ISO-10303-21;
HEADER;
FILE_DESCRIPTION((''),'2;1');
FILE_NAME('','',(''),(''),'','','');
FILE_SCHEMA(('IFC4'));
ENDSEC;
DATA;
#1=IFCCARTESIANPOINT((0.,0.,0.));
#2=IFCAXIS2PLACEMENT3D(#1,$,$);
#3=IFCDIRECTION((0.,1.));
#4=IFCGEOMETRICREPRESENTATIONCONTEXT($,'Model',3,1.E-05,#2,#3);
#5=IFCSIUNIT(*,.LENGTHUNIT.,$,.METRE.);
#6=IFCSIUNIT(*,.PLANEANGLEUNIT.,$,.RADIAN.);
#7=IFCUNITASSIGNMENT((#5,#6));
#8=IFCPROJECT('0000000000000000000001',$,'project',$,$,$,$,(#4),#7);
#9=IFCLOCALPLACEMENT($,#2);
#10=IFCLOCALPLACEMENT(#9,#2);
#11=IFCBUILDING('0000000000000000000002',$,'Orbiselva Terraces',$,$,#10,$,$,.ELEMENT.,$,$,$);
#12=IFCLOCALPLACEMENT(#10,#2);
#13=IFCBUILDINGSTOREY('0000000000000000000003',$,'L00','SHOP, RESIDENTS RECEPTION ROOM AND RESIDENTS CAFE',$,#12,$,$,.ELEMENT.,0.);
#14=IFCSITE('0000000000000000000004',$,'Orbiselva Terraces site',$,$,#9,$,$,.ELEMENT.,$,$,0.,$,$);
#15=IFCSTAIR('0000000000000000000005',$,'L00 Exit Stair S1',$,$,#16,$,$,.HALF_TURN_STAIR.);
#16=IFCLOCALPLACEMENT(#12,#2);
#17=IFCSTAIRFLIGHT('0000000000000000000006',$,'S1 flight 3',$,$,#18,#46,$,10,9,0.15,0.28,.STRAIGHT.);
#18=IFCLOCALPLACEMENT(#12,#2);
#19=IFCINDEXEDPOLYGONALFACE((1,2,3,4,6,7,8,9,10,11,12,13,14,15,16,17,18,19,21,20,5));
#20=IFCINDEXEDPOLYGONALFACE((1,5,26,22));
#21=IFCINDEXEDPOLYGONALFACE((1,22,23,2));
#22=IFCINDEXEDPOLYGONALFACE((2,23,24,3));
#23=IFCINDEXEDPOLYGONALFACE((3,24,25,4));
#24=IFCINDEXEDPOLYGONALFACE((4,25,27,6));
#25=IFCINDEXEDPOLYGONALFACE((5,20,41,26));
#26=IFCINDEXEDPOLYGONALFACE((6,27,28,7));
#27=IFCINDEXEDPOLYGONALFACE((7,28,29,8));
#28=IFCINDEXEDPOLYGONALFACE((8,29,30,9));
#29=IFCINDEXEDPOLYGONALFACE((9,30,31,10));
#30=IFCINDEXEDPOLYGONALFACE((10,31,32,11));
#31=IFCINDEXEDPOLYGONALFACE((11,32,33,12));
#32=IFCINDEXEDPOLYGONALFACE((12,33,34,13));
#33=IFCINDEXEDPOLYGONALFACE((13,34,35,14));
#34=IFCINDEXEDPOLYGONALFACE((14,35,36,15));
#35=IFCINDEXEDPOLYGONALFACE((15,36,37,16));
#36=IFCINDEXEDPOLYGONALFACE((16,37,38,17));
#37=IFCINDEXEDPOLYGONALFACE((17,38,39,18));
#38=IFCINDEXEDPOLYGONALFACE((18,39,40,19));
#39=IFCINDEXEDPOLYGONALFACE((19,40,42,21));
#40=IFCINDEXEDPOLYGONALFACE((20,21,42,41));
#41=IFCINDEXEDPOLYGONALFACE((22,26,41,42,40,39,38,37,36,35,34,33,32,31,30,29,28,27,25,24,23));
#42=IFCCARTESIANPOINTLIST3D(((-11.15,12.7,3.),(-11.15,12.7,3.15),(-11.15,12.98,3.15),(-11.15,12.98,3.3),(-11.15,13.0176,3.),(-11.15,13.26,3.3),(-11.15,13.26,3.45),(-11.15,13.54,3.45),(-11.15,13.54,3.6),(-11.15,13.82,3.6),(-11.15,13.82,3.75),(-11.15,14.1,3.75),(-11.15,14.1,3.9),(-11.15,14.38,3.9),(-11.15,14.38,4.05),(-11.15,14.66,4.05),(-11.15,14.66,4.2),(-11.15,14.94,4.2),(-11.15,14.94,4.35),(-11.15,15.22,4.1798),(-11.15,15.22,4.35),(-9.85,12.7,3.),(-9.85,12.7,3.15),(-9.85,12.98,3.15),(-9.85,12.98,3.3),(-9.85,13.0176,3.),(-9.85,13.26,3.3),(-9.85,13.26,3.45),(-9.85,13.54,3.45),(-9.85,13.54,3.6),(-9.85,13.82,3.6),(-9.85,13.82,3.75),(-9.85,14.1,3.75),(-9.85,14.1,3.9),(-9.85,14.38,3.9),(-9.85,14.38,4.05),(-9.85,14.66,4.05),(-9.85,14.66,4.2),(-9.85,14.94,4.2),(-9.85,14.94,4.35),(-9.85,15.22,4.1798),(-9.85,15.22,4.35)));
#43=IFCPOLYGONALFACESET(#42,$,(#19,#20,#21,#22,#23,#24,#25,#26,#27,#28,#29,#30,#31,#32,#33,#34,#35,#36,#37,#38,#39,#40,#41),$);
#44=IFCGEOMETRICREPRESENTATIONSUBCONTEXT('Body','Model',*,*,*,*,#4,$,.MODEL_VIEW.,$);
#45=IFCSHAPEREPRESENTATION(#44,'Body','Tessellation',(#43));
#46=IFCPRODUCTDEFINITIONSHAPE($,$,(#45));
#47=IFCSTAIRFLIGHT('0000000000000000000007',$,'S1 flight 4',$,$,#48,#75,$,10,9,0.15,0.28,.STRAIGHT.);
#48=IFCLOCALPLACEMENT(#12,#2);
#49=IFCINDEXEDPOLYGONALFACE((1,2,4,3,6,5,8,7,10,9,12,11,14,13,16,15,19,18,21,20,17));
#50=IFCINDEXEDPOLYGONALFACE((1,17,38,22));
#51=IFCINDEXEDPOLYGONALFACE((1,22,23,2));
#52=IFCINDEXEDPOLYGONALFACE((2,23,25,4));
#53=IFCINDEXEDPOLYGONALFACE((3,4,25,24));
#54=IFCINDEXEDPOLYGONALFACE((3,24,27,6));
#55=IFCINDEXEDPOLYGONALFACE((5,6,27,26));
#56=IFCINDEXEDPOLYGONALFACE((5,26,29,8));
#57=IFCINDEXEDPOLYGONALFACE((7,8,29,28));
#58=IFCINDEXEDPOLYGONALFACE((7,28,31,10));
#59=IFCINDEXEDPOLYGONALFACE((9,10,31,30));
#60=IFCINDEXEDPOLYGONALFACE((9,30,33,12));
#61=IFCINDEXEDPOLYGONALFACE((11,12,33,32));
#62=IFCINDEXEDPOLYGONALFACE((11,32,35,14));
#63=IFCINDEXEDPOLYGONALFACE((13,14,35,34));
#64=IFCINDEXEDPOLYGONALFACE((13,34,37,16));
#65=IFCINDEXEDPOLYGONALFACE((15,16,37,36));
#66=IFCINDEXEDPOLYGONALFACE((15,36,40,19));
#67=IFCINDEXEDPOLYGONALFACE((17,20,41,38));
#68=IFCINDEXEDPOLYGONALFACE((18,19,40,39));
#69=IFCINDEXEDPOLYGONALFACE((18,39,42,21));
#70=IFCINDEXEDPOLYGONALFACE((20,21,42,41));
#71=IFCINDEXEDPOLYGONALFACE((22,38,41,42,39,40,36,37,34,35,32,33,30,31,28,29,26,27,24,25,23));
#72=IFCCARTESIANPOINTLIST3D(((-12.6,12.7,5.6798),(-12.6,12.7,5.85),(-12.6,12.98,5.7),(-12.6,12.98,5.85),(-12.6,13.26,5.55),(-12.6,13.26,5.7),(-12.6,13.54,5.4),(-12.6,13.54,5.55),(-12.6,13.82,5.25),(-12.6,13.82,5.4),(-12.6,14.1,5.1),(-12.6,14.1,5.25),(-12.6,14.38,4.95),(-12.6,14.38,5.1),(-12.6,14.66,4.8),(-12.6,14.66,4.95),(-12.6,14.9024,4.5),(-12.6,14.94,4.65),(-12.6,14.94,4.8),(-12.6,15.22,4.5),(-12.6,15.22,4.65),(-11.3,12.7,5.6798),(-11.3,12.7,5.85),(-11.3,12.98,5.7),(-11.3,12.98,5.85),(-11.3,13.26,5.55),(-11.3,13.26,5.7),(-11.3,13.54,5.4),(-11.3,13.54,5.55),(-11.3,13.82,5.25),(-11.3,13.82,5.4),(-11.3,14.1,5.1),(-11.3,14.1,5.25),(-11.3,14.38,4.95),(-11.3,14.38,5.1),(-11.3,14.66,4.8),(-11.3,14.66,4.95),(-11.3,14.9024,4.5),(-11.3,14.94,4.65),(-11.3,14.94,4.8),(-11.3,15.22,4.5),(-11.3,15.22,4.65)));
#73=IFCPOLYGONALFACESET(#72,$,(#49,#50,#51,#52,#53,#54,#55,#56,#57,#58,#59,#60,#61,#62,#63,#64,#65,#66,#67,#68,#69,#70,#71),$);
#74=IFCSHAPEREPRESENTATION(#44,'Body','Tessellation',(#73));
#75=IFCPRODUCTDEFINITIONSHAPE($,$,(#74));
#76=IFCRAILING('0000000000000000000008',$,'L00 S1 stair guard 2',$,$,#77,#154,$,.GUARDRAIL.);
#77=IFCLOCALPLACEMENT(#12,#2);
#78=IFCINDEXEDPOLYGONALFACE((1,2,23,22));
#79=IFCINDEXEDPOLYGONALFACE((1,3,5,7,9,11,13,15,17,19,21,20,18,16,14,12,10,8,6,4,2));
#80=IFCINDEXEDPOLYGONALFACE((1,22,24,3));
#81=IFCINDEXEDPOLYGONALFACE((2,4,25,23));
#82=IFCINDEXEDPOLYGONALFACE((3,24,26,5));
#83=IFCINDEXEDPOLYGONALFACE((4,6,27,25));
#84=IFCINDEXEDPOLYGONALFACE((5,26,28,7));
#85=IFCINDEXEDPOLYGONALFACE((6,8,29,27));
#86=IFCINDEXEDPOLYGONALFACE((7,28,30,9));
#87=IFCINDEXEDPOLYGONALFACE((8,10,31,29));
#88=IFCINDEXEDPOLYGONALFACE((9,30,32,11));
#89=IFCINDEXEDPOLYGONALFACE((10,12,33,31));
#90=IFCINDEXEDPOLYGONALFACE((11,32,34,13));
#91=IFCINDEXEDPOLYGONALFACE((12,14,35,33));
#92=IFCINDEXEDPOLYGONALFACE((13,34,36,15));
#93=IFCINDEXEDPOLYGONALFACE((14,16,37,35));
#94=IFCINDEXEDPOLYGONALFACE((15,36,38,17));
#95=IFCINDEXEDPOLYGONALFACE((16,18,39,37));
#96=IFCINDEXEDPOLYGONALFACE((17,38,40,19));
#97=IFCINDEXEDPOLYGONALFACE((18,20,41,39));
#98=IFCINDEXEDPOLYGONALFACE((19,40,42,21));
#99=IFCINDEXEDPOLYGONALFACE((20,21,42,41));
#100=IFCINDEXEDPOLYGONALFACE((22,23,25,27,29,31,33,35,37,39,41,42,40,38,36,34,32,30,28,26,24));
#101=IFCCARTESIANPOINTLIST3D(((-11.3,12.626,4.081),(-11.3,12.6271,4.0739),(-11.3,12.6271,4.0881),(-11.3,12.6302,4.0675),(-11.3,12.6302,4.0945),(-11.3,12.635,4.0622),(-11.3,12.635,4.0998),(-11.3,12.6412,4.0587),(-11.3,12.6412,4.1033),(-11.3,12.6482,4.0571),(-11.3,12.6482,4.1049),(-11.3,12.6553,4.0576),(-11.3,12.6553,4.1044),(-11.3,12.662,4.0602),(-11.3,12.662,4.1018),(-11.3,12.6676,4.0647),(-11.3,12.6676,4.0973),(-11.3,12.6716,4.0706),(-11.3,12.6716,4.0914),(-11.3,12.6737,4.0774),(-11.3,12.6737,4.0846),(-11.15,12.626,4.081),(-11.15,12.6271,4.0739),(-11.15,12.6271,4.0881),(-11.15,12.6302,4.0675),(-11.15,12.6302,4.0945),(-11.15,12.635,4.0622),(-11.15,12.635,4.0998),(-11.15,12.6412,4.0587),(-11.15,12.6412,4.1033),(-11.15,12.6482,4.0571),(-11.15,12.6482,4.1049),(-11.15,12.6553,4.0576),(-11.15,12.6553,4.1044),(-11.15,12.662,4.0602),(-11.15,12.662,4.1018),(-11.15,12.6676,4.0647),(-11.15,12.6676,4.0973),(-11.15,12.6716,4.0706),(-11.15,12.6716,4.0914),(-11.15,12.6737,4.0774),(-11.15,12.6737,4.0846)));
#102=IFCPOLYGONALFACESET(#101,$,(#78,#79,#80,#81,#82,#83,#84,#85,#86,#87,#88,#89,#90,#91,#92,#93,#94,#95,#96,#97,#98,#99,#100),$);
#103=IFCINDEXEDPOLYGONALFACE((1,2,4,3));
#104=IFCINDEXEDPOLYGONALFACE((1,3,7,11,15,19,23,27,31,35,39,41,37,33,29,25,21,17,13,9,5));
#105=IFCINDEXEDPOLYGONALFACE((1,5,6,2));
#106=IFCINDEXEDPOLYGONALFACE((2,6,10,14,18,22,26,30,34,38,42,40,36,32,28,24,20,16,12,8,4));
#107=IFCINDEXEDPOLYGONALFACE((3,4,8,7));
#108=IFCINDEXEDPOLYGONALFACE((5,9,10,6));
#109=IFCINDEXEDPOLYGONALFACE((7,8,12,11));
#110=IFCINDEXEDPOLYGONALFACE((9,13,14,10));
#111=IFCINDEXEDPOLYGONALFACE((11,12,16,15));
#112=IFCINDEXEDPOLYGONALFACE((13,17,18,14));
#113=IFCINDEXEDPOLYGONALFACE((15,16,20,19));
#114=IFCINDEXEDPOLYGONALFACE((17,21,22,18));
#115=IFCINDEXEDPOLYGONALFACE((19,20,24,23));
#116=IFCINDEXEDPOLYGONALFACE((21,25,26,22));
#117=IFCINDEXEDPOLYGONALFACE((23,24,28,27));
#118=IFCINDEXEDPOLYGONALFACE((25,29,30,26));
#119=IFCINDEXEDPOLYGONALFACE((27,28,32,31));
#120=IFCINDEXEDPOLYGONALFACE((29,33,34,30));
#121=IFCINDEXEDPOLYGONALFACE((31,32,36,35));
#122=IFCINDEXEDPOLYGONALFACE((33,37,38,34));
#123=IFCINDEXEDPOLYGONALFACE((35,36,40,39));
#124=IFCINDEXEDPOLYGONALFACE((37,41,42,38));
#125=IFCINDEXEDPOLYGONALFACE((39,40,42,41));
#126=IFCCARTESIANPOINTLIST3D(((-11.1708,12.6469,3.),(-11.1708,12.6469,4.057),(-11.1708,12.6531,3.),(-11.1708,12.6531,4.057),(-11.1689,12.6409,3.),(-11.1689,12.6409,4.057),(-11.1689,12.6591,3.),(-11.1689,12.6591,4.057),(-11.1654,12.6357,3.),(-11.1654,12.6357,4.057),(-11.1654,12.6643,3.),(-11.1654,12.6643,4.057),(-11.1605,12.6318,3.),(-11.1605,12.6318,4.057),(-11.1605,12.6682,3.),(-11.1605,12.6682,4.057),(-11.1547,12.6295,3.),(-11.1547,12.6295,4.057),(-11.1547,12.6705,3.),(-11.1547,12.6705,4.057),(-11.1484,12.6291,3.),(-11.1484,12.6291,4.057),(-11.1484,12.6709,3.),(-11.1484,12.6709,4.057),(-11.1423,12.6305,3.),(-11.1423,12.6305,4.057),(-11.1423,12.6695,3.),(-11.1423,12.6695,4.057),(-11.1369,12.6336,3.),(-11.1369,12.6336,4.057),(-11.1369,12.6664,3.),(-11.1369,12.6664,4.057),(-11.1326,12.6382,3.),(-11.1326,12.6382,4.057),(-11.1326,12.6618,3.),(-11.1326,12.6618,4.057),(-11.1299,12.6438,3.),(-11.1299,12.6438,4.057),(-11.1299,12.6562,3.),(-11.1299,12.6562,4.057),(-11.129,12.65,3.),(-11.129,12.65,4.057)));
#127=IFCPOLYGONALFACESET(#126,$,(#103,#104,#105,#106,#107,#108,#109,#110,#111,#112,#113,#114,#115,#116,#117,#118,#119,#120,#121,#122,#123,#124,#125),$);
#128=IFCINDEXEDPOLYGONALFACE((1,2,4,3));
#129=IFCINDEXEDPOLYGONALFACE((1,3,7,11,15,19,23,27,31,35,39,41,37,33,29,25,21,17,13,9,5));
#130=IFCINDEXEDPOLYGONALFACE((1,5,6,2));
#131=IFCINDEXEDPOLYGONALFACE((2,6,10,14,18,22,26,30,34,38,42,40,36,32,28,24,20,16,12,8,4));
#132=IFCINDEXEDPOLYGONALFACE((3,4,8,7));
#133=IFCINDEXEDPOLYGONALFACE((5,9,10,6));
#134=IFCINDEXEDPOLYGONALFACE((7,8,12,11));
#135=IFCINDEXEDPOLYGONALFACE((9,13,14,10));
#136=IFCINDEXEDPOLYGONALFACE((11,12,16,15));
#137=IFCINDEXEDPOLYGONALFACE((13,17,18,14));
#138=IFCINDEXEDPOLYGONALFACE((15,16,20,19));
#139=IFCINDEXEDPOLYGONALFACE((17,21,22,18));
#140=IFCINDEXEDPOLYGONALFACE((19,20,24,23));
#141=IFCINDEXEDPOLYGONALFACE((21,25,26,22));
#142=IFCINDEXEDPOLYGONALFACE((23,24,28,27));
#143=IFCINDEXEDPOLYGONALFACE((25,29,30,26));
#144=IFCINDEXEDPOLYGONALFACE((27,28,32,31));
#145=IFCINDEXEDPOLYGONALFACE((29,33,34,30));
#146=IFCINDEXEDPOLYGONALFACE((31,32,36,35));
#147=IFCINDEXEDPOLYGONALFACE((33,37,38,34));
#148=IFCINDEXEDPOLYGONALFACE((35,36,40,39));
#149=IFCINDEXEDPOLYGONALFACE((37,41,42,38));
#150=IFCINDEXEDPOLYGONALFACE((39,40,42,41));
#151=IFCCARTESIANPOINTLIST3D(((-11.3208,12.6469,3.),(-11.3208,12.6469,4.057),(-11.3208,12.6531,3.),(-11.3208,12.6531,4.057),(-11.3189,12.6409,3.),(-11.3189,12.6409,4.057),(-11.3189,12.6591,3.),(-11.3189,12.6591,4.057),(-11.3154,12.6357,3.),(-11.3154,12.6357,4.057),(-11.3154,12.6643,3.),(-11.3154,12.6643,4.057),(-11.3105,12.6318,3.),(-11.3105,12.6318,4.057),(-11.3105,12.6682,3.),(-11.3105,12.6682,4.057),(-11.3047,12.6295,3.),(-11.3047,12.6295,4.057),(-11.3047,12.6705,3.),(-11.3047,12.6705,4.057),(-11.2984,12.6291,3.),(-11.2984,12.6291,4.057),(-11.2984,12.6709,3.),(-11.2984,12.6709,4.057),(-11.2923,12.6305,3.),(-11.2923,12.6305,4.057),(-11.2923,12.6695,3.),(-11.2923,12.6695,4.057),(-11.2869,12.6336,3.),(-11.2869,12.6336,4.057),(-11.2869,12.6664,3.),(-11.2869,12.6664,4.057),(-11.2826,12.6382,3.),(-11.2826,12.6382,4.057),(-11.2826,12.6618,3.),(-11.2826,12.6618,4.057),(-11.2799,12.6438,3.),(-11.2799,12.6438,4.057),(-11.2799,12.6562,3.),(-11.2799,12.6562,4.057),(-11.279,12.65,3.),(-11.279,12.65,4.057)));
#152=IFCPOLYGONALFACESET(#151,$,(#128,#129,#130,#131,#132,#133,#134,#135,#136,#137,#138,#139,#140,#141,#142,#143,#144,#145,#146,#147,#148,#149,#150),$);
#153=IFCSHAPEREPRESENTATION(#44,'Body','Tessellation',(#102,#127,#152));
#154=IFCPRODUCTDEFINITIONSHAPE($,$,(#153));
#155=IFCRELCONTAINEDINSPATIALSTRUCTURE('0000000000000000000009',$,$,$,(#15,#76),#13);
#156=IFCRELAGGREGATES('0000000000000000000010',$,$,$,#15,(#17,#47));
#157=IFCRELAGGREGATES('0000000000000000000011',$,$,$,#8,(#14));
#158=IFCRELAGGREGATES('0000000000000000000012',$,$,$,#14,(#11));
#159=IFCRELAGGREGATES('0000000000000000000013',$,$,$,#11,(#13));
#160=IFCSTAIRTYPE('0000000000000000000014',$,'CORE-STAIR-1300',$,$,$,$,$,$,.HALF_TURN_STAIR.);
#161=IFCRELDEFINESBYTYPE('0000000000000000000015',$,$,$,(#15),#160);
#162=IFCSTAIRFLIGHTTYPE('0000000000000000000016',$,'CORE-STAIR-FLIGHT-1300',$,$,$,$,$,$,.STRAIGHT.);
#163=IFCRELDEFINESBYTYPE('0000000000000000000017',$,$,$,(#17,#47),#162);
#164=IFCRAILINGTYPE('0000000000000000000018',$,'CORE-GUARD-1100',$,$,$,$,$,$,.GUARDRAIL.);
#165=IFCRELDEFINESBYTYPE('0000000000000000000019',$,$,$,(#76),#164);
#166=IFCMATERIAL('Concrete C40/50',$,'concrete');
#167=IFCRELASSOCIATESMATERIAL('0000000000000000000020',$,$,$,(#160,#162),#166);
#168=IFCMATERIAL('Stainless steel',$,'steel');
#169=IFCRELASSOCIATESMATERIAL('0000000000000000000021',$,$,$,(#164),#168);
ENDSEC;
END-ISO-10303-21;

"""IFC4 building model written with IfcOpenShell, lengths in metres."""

from ifc_helpers import new_model, si_unit, direction, frame, origin, origin_2d, place, context, subcontext, project, spatial, polyline, circle, outline, extrude, material, type_object, element, aggregate, save


model = new_model("IFC4")

# Units and contexts
model_context = context("Model", 3, precision=1e-05, world=origin(), true_north=direction((0.0, 1.0)))
body_context = subcontext(model_context, "Body", "Model", "MODEL_VIEW")
ifc_project = project(units=[si_unit("LENGTHUNIT", "METRE"), si_unit("PLANEANGLEUNIT", "RADIAN")], contexts=[model_context])

# Site, building, storey
site_placement = place(None, origin())
site = spatial("IfcSite", under=ifc_project, at=site_placement, Name="Orbiselva Terraces site", CompositionType="ELEMENT", RefElevation=0.0)
building_placement = place(site_placement, origin())
building = spatial("IfcBuilding", under=site, at=building_placement, Name="Orbiselva Terraces", CompositionType="ELEMENT")
storey_placement = place(building_placement, origin())
storey = spatial("IfcBuildingStorey", under=building, at=storey_placement, Name="L00", Description="SHOP, RESIDENTS RECEPTION ROOM AND RESIDENTS CAFE", CompositionType="ELEMENT", Elevation=0.0)

# Shared definitions
ifc_material_1 = material(Name="Concrete C40/50", Category="concrete")

# Stair, stair flights
stair_type = type_object("IfcStairType", Name="CORE-STAIR-1300", PredefinedType="HALF_TURN_STAIR", material=ifc_material_1)
stair_placement = place(storey_placement, origin())
stair = element("IfcStair", 1, at=stair_placement, inside=storey, type_object=stair_type, Name="L00 Exit Stair S1", PredefinedType="HALF_TURN_STAIR")
stair_flight_type = type_object("IfcStairFlightType", Name="CORE-STAIR-FLIGHT-1300", PredefinedType="STRAIGHT", material=ifc_material_1)
stair_flight_1_placement = place(storey_placement, frame((-10.5, 12.7, 3.0), z_axis=(0.0, 0.0, 1.0), x_axis=(0.0, 1.0, 0.0)))
stair_flight_1 = element("IfcStairFlight", 2, at=stair_flight_1_placement, type_object=stair_flight_type, Name="S1 flight 3", NumberOfRisers=10, NumberOfTreads=9, PredefinedType="STRAIGHT", RiserHeight=0.15, TreadLength=0.28, context=body_context, shape_type="SweptSolid", body=[
    extrude(outline(polyline([(0.0, 0.0), (0.0, 0.15), (0.28, 0.15), (0.28, 0.3), (0.56, 0.3), (0.56, 0.45), (0.84, 0.45), (0.84, 0.6), (1.12, 0.6), (1.12, 0.75), (1.4, 0.75), (1.4, 0.9), (1.68, 0.9), (1.68, 1.05), (1.96, 1.05), (1.96, 1.2), (2.24, 1.2), (2.24, 1.35), (2.52, 1.35), (2.52, 1.5), (2.52, 1.1798), (0.3176, 0.0), (0.0, 0.0)])), frame((0.0, 0.65, 0.0), z_axis=(0.0, -1.0, 0.0), x_axis=(1.0, 0.0, 0.0)), (0.0, 0.0, 1.0), 1.3),
])
stair_flight_2_placement = place(storey_placement, frame((-11.95, 15.22, 4.5), z_axis=(0.0, 0.0, 1.0), x_axis=(0.0, -1.0, 0.0)))
stair_flight_2 = element("IfcStairFlight", 3, at=stair_flight_2_placement, type_object=stair_flight_type, Name="S1 flight 4", NumberOfRisers=10, NumberOfTreads=9, PredefinedType="STRAIGHT", RiserHeight=0.15, TreadLength=0.28, context=body_context, shape_type="SweptSolid", body=[
    extrude(outline(polyline([(0.0, 0.0), (0.0, 0.15), (0.28, 0.15), (0.28, 0.3), (0.56, 0.3), (0.56, 0.45), (0.84, 0.45), (0.84, 0.6), (1.12, 0.6), (1.12, 0.75), (1.4, 0.75), (1.4, 0.9), (1.68, 0.9), (1.68, 1.05), (1.96, 1.05), (1.96, 1.2), (2.24, 1.2), (2.24, 1.35), (2.52, 1.35), (2.52, 1.5), (2.52, 1.1798), (0.3176, 0.0), (0.0, 0.0)])), frame((0.0, 0.65, 0.0), z_axis=(0.0, -1.0, 0.0), x_axis=(1.0, 0.0, 0.0)), (0.0, 0.0, 1.0), 1.3),
])
aggregate(stair, [stair_flight_1, stair_flight_2])

# Railing
ifc_material_2 = material(Name="Stainless steel", Category="steel")
railing_type_1 = type_object("IfcRailingType", Name="CORE-GUARD-1100", PredefinedType="GUARDRAIL", material=ifc_material_2)
railing_1_placement = place(storey_placement, frame((-11.15, 12.65, 3.0)))
element("IfcRailing", 4, at=railing_1_placement, inside=storey, type_object=railing_type_1, Name="L00 S1 stair guard 2", PredefinedType="GUARDRAIL", context=body_context, shape_type="SweptSolid", body=[
    extrude(circle(Radius=0.024, at=origin_2d()), frame((0.0, 0.0, 1.081), z_axis=(-1.0, 0.0, 0.0), x_axis=(0.0, -1.0, 0.0)), (0.0, 0.0, 1.0), 0.15),
    extrude(circle(Radius=0.021, at=origin_2d()), origin(), (0.0, 0.0, 1.0), 1.057),
    extrude(circle(Radius=0.021, at=origin_2d()), frame((-0.15, 0.0, 0.0)), (0.0, 0.0, 1.0), 1.057),
])

save(model, "model.ifc")
